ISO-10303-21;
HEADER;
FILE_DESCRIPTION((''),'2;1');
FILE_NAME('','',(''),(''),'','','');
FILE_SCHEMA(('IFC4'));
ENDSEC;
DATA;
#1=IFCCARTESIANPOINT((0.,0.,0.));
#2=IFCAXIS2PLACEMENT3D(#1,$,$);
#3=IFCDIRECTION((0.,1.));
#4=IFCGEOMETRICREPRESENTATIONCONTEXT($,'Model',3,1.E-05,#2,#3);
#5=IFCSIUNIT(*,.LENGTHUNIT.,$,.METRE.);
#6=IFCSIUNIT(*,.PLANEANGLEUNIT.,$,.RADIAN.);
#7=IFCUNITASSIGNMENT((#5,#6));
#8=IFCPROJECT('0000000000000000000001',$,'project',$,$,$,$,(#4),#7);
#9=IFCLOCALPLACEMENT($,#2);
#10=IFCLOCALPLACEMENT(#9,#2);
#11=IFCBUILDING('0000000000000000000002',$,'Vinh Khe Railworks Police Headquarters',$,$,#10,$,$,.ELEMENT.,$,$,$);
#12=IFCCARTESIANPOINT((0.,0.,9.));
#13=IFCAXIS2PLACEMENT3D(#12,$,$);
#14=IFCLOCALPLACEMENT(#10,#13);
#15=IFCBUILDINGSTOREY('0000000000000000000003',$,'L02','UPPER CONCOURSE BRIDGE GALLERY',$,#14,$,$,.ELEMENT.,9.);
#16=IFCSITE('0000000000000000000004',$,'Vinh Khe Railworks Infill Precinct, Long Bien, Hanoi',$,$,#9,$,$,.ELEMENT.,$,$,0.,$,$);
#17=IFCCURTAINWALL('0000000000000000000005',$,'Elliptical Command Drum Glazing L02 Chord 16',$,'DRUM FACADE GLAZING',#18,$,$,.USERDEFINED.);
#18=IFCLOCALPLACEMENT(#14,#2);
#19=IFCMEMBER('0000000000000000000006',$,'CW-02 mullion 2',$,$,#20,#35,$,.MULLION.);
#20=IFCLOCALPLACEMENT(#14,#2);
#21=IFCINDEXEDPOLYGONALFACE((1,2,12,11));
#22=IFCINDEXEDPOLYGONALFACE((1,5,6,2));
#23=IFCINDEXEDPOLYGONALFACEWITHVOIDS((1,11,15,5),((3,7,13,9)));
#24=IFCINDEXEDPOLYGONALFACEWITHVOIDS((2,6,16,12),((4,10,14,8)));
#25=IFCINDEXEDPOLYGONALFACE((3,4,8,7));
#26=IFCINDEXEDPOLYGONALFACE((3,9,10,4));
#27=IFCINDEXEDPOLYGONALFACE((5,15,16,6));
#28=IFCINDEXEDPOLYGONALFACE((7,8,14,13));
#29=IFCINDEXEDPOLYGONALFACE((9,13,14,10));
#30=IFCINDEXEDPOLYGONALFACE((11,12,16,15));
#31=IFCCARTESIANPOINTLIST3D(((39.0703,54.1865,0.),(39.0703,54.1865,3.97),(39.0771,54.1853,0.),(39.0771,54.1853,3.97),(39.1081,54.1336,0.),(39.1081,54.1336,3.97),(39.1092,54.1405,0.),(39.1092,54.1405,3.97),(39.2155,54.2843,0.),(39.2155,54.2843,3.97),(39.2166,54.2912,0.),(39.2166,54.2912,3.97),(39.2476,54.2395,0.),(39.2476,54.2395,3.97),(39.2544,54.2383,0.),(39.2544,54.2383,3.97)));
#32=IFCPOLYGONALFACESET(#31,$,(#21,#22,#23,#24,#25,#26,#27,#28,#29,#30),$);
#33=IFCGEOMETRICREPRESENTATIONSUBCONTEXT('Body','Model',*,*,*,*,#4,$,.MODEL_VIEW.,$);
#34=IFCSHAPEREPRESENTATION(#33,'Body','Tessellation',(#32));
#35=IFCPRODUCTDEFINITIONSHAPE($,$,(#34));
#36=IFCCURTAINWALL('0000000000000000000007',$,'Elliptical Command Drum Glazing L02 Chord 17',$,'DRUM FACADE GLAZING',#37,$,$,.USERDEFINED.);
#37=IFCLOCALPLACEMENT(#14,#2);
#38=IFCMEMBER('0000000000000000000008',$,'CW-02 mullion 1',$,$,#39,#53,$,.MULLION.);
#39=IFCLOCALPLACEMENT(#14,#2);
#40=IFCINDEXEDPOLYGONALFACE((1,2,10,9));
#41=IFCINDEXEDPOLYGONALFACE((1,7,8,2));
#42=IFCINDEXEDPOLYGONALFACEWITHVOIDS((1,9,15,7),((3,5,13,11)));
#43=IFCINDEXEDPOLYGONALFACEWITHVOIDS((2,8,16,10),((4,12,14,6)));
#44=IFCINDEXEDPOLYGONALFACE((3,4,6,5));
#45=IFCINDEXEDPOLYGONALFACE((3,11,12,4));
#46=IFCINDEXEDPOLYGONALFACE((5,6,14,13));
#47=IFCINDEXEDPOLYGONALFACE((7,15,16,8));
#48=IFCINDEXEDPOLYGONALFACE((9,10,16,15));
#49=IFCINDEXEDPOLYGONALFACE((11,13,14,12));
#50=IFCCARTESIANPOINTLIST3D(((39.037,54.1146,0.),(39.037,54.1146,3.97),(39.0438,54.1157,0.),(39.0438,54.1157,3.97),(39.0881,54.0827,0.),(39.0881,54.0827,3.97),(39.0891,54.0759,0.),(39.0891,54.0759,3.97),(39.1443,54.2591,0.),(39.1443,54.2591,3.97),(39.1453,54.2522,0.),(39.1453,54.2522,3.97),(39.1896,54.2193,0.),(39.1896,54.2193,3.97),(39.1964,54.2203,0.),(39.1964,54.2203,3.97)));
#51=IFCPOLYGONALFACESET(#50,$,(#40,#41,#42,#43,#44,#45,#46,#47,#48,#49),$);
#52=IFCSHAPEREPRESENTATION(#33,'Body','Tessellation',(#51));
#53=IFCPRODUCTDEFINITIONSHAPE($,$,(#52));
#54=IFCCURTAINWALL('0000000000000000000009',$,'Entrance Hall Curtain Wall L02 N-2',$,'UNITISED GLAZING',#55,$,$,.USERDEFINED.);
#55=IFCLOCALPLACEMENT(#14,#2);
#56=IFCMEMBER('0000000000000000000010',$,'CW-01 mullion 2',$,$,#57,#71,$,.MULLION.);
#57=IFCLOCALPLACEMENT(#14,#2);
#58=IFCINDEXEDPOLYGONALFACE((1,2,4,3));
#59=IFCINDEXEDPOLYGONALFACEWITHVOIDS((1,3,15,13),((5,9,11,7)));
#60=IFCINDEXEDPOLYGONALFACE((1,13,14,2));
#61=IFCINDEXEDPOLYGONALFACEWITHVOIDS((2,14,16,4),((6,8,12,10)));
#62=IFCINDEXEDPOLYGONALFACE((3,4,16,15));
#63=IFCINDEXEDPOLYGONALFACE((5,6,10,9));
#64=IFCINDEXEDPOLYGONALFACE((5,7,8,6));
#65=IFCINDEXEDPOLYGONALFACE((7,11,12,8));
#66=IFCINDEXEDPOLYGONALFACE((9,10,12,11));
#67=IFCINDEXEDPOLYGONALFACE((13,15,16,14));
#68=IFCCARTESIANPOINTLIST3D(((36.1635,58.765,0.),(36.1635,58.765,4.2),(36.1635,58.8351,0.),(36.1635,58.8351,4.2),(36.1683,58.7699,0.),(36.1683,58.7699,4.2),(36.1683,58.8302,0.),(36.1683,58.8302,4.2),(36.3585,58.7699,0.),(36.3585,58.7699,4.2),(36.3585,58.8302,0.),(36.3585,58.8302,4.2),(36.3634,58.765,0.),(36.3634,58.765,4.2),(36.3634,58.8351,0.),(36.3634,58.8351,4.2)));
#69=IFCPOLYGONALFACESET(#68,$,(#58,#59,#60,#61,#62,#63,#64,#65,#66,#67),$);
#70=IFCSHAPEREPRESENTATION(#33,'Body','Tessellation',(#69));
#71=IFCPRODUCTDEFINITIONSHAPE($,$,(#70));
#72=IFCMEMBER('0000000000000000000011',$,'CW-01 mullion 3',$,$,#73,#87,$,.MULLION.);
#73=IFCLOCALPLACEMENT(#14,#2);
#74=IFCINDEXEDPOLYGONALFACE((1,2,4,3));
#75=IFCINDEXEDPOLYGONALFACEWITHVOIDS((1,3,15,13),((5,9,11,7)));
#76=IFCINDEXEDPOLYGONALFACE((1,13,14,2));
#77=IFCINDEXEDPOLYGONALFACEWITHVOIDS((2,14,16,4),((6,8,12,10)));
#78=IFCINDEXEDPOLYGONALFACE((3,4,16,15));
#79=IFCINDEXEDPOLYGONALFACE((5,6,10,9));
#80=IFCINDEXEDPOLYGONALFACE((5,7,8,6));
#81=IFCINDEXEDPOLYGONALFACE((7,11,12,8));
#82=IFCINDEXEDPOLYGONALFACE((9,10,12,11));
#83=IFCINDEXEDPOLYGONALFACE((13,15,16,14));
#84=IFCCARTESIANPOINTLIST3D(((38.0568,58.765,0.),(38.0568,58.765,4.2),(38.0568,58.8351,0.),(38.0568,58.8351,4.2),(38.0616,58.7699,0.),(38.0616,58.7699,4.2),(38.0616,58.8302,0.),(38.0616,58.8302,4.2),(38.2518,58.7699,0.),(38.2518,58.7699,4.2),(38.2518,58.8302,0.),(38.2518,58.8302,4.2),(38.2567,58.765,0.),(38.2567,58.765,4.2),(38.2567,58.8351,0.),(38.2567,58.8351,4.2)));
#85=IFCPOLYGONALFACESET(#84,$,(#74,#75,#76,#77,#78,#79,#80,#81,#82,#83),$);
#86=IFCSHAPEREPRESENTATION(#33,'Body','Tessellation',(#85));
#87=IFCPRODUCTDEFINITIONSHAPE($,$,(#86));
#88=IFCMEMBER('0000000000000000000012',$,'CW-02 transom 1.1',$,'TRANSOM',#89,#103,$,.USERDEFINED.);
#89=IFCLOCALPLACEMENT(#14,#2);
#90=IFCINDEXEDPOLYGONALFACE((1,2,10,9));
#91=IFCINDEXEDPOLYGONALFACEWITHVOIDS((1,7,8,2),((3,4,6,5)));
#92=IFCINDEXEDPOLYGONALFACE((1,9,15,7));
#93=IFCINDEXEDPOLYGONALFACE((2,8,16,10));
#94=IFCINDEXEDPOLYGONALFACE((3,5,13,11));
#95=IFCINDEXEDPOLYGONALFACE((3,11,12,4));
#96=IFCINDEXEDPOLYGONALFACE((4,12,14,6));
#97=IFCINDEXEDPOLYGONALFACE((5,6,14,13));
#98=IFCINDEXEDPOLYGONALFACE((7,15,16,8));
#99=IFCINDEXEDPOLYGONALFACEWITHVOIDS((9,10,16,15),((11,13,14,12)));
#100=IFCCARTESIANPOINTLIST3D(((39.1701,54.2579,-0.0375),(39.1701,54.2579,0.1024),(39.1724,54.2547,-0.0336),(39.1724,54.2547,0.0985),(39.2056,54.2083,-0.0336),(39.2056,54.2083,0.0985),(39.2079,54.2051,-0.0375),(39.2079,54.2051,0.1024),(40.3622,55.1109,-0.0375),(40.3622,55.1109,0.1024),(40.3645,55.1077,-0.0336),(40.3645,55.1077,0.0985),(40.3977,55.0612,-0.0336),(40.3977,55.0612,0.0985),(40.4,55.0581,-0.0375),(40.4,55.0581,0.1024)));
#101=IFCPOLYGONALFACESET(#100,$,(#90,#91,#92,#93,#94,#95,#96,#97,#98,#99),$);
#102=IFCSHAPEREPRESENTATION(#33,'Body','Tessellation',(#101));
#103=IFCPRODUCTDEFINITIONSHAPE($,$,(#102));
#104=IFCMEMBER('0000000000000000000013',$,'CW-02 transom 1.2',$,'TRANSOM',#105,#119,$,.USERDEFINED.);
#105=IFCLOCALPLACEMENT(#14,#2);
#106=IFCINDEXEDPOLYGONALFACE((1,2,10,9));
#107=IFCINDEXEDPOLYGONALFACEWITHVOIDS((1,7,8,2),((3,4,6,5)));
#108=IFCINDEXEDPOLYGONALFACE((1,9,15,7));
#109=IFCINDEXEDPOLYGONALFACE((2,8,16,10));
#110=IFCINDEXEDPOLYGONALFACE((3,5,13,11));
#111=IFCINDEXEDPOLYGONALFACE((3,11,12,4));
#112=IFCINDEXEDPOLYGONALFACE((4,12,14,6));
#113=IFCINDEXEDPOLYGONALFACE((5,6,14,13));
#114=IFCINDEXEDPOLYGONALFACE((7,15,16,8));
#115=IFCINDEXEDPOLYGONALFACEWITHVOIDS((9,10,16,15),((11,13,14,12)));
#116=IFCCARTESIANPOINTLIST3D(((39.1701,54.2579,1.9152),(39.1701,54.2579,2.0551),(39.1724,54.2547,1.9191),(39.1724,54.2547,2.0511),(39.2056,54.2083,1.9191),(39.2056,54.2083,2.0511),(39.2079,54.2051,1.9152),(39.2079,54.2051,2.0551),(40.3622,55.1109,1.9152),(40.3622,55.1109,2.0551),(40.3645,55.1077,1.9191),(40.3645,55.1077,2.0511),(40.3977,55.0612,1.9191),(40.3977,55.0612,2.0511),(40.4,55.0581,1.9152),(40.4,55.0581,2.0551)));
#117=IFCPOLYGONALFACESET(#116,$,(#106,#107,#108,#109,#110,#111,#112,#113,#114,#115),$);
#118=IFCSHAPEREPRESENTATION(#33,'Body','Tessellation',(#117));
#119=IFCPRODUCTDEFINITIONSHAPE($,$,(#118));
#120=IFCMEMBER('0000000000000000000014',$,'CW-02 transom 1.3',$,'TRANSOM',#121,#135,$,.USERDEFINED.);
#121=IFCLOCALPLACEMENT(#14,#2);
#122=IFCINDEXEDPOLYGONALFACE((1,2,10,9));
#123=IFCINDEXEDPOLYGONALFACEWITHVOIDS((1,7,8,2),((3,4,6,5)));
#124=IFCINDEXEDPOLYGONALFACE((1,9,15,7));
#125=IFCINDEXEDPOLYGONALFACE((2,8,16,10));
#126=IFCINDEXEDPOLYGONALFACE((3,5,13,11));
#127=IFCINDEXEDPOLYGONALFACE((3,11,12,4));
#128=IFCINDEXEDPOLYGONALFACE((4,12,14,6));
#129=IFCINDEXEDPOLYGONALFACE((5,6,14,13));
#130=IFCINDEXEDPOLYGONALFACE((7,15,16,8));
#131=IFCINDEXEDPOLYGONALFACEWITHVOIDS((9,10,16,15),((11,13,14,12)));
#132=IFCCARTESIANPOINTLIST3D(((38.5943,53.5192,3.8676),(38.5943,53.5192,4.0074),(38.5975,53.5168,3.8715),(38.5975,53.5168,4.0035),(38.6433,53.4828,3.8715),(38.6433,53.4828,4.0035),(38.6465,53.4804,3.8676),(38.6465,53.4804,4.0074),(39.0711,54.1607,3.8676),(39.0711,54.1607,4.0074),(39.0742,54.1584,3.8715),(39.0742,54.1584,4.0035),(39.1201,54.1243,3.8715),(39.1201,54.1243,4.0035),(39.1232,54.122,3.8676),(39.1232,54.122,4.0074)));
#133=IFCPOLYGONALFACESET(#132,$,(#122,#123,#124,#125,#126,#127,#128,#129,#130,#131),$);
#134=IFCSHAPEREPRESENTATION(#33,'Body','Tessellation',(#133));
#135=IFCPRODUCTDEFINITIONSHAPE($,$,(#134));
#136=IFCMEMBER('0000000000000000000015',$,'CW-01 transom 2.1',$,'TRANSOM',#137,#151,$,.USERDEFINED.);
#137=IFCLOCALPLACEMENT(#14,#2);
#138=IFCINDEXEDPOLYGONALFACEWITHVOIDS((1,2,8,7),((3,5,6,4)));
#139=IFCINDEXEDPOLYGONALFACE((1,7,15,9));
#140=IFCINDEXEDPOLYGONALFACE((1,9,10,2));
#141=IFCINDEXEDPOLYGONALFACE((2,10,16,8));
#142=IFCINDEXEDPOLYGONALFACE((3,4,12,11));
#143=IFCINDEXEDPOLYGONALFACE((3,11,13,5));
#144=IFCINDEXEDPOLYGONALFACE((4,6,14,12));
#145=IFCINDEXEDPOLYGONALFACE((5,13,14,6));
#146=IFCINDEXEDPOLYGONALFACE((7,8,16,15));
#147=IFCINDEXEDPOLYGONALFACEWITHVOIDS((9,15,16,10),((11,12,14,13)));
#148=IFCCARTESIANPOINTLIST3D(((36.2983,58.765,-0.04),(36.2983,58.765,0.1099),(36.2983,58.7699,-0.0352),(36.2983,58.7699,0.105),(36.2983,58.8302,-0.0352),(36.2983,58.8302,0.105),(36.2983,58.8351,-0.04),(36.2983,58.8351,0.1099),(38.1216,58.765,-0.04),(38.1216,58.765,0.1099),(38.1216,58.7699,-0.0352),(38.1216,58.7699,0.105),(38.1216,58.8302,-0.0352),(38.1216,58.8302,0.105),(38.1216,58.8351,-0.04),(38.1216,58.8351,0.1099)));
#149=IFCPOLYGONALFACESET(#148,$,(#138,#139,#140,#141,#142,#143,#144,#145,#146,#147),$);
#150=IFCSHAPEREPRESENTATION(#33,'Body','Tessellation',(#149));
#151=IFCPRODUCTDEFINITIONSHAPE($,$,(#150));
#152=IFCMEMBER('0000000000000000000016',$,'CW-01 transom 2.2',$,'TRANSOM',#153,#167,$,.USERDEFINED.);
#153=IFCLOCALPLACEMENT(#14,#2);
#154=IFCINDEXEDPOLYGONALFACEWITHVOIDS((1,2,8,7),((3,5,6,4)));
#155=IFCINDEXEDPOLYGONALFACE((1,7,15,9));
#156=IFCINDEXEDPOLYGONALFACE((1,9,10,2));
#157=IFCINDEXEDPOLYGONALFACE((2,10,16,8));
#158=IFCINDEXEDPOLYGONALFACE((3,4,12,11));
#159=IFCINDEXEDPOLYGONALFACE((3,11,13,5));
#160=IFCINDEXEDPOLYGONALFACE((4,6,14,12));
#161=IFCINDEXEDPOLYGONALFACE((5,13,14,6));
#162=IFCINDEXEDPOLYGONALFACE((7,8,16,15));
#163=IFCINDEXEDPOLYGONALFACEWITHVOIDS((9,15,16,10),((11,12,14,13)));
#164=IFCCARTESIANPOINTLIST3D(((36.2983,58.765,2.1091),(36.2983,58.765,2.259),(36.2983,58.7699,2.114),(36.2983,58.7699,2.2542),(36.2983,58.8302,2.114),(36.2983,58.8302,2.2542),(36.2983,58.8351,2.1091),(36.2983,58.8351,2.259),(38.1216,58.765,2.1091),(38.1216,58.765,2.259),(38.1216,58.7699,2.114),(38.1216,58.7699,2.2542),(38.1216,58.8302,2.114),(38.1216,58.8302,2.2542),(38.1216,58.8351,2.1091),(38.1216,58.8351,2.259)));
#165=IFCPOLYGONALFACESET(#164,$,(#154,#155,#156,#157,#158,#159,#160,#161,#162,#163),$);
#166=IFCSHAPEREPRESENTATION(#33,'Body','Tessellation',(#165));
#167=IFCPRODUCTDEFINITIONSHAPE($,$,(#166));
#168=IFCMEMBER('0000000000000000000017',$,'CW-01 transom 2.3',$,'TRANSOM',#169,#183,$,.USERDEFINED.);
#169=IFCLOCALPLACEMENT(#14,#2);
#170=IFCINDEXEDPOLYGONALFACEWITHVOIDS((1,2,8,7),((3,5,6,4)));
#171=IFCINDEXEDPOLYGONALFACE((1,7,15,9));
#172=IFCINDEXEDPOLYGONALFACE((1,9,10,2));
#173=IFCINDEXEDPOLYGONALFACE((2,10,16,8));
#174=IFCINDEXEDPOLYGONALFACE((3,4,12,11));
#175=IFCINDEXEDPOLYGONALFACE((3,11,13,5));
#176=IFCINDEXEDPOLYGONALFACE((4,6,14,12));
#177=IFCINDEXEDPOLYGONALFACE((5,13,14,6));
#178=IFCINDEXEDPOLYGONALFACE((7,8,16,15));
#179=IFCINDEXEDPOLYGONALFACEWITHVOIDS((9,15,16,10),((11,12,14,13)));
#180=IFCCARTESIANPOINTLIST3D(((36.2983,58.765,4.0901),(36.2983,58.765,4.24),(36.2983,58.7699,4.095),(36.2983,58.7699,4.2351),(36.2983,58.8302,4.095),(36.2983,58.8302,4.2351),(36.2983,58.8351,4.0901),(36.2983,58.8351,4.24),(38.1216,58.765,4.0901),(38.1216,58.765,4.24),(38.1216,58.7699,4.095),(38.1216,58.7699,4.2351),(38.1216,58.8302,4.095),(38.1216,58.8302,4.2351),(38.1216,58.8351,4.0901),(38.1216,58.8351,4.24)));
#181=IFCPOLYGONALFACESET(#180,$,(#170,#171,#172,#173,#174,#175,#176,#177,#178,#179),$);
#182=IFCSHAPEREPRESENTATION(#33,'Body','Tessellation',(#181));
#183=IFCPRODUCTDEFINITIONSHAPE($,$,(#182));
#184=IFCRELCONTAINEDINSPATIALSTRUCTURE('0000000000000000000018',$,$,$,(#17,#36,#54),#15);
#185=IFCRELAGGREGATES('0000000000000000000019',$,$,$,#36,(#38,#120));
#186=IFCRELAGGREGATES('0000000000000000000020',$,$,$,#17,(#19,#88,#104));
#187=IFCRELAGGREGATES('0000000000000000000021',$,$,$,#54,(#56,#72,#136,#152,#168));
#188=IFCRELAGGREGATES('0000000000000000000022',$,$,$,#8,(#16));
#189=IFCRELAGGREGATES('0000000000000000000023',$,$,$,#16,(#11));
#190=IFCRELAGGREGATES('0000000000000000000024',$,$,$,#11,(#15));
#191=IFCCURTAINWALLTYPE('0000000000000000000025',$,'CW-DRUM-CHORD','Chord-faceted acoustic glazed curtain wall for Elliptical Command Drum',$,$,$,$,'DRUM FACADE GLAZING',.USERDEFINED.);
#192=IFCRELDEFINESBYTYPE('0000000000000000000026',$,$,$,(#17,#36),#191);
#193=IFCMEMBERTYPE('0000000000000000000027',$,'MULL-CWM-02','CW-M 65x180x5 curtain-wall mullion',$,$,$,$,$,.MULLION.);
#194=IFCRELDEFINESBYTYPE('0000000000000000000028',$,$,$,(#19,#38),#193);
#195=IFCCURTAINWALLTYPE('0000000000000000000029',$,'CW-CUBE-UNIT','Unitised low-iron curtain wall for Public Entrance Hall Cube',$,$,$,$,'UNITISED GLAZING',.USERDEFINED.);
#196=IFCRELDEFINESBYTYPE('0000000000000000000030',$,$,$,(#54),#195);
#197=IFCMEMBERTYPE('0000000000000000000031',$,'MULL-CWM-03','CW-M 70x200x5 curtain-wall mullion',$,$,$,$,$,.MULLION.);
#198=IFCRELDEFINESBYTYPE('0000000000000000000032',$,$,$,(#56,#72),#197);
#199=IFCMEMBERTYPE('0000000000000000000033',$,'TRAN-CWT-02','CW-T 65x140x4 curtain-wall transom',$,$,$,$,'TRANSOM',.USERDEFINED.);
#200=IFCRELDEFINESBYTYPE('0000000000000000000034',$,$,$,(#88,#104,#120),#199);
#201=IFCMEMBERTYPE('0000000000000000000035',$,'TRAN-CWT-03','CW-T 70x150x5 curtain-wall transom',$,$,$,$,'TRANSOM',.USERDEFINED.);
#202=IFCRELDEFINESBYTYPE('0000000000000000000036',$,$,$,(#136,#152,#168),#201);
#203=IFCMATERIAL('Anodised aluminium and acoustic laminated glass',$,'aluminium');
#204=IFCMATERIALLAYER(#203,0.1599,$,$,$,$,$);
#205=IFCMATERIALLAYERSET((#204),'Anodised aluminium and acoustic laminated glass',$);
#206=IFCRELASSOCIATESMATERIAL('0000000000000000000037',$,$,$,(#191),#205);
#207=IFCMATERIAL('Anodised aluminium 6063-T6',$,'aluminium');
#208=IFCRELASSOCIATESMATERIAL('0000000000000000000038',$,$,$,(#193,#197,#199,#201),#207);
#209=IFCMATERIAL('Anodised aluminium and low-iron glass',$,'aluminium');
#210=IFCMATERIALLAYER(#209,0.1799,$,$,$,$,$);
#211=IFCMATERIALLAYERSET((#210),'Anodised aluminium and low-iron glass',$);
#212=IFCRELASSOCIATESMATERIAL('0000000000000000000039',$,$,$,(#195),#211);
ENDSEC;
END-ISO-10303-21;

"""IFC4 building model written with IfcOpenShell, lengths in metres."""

from ifc_helpers import new_model, si_unit, direction, frame, origin, origin_2d, place, context, subcontext, project, spatial, hollow_rectangle, extrude, material, layer, layer_set, material_profile, profile_set, type_object, element, aggregate, save


model = new_model("IFC4")

# Units and contexts
model_context = context("Model", 3, precision=1e-05, world=origin(), true_north=direction((0.0, 1.0)))
body_context = subcontext(model_context, "Body", "Model", "MODEL_VIEW")
ifc_project = project(units=[si_unit("LENGTHUNIT", "METRE"), si_unit("PLANEANGLEUNIT", "RADIAN")], contexts=[model_context])

# Site, building, storey
site_placement = place(None, origin())
site = spatial("IfcSite", under=ifc_project, at=site_placement, Name="Vinh Khe Railworks Infill Precinct, Long Bien, Hanoi", CompositionType="ELEMENT", RefElevation=0.0)
building_placement = place(site_placement, origin())
building = spatial("IfcBuilding", under=site, at=building_placement, Name="Vinh Khe Railworks Police Headquarters", CompositionType="ELEMENT")
storey_placement = place(building_placement, frame((0.0, 0.0, 9.0)))
storey = spatial("IfcBuildingStorey", under=building, at=storey_placement, Name="L02", Description="UPPER CONCOURSE BRIDGE GALLERY", CompositionType="ELEMENT", Elevation=9.0)

# Curtain walls, members
ifc_material_1 = material(Name="Anodised aluminium and acoustic laminated glass", Category="aluminium")
ifc_layer_1 = layer(ifc_material_1, 0.1599)
ifc_layer_set_1 = layer_set([ifc_layer_1], Name="Anodised aluminium and acoustic laminated glass")
curtain_wall_type_1 = type_object("IfcCurtainWallType", Name="CW-DRUM-CHORD", Description="Chord-faceted acoustic glazed curtain wall for Elliptical Command Drum", ElementType="DRUM FACADE GLAZING", PredefinedType="USERDEFINED", material=ifc_layer_set_1)
curtain_wall_1_placement = place(storey_placement, origin())
curtain_wall_1 = element("IfcCurtainWall", 1, at=curtain_wall_1_placement, inside=storey, type_object=curtain_wall_type_1, Name="Elliptical Command Drum Glazing L02 Chord 16", ObjectType="DRUM FACADE GLAZING", PredefinedType="USERDEFINED")
ifc_material_2 = material(Name="Anodised aluminium 6063-T6", Category="aluminium")
ifc_material_profile_1 = material_profile(ifc_material_2, hollow_rectangle(XDim=0.0649, YDim=0.1799, WallThickness=0.0049, at=origin_2d()), Name="CW-M 65x180x5")
ifc_profile_set_1 = profile_set([ifc_material_profile_1], Name="Anodised aluminium 6063-T6")
member_type_1 = type_object("IfcMemberType", Name="MULL-CWM-02", Description="CW-M 65x180x5 curtain-wall mullion", PredefinedType="MULLION", material=ifc_profile_set_1)
member_1_placement = place(storey_placement, frame((39.1624, 54.2124, 0.0), z_axis=(0.0, 0.0, 1.0), x_axis=(0.581915, -0.813249, 0.0)))
member_1 = element("IfcMember", 2, at=member_1_placement, type_object=member_type_1, Name="CW-02 mullion 2", PredefinedType="MULLION", context=body_context, shape_type="SweptSolid", body=[
    extrude(hollow_rectangle(XDim=0.0649, YDim=0.1799, WallThickness=0.0049, at=origin_2d()), origin(), (0.0, 0.0, 1.0), 3.97),
])
curtain_wall_2_placement = place(storey_placement, origin())
curtain_wall_2 = element("IfcCurtainWall", 3, at=curtain_wall_2_placement, inside=storey, type_object=curtain_wall_type_1, Name="Elliptical Command Drum Glazing L02 Chord 17", ObjectType="DRUM FACADE GLAZING", PredefinedType="USERDEFINED")
member_2_placement = place(storey_placement, frame((39.1167, 54.1675, 0.0), z_axis=(0.0, 0.0, 1.0), x_axis=(0.802592, -0.596528, 0.0)))
member_2 = element("IfcMember", 4, at=member_2_placement, type_object=member_type_1, Name="CW-02 mullion 1", PredefinedType="MULLION", context=body_context, shape_type="SweptSolid", body=[
    extrude(hollow_rectangle(XDim=0.0649, YDim=0.1799, WallThickness=0.0049, at=origin_2d()), origin(), (0.0, 0.0, 1.0), 3.97),
])

# Curtain wall, members
ifc_material_3 = material(Name="Anodised aluminium and low-iron glass", Category="aluminium")
ifc_layer_2 = layer(ifc_material_3, 0.1799)
ifc_layer_set_2 = layer_set([ifc_layer_2], Name="Anodised aluminium and low-iron glass")
curtain_wall_type_2 = type_object("IfcCurtainWallType", Name="CW-CUBE-UNIT", Description="Unitised low-iron curtain wall for Public Entrance Hall Cube", ElementType="UNITISED GLAZING", PredefinedType="USERDEFINED", material=ifc_layer_set_2)
curtain_wall_3_placement = place(storey_placement, origin())
curtain_wall_3 = element("IfcCurtainWall", 5, at=curtain_wall_3_placement, inside=storey, type_object=curtain_wall_type_2, Name="Entrance Hall Curtain Wall L02 N-2", ObjectType="UNITISED GLAZING", PredefinedType="USERDEFINED")
ifc_material_profile_2 = material_profile(ifc_material_2, hollow_rectangle(XDim=0.0701, YDim=0.2, WallThickness=0.0049, at=origin_2d()), Name="CW-M 70x200x5")
ifc_profile_set_2 = profile_set([ifc_material_profile_2], Name="Anodised aluminium 6063-T6")
member_type_2 = type_object("IfcMemberType", Name="MULL-CWM-03", Description="CW-M 70x200x5 curtain-wall mullion", PredefinedType="MULLION", material=ifc_profile_set_2)
member_3_placement = place(storey_placement, frame((36.2634, 58.8, 0.0), z_axis=(0.0, 0.0, 1.0), x_axis=(0.0, 1.0, 0.0)))
member_3 = element("IfcMember", 6, at=member_3_placement, type_object=member_type_2, Name="CW-01 mullion 2", PredefinedType="MULLION", context=body_context, shape_type="SweptSolid", body=[
    extrude(hollow_rectangle(XDim=0.0701, YDim=0.2, WallThickness=0.0049, at=origin_2d()), origin(), (0.0, 0.0, 1.0), 4.2),
])
member_4_placement = place(storey_placement, frame((38.1567, 58.8, 0.0), z_axis=(0.0, 0.0, 1.0), x_axis=(0.0, 1.0, 0.0)))
member_4 = element("IfcMember", 7, at=member_4_placement, type_object=member_type_2, Name="CW-01 mullion 3", PredefinedType="MULLION", context=body_context, shape_type="SweptSolid", body=[
    extrude(hollow_rectangle(XDim=0.0701, YDim=0.2, WallThickness=0.0049, at=origin_2d()), origin(), (0.0, 0.0, 1.0), 4.2),
])

# Members
ifc_material_profile_3 = material_profile(ifc_material_2, hollow_rectangle(XDim=0.0649, YDim=0.1399, WallThickness=0.0039, at=origin_2d()), Name="CW-T 65x140x4")
ifc_profile_set_3 = profile_set([ifc_material_profile_3], Name="Anodised aluminium 6063-T6")
member_type_3 = type_object("IfcMemberType", Name="TRAN-CWT-02", Description="CW-T 65x140x4 curtain-wall transom", ElementType="TRANSOM", PredefinedType="USERDEFINED", material=ifc_profile_set_3)
member_5_placement = place(storey_placement, frame((40.3811, 55.0845, 0.0325), z_axis=(-0.813249, -0.581915, 0.0), x_axis=(0.581915, -0.813249, 0.0)))
member_5 = element("IfcMember", 8, at=member_5_placement, type_object=member_type_3, Name="CW-02 transom 1.1", ObjectType="TRANSOM", PredefinedType="USERDEFINED", context=body_context, shape_type="SweptSolid", body=[
    extrude(hollow_rectangle(XDim=0.0649, YDim=0.1399, WallThickness=0.0039, at=origin_2d()), origin(), (0.0, 0.0, 1.0), 1.4658),
])
member_6_placement = place(storey_placement, frame((40.3811, 55.0845, 1.9851), z_axis=(-0.813249, -0.581915, 0.0), x_axis=(0.581915, -0.813249, 0.0)))
member_6 = element("IfcMember", 9, at=member_6_placement, type_object=member_type_3, Name="CW-02 transom 1.2", ObjectType="TRANSOM", PredefinedType="USERDEFINED", context=body_context, shape_type="SweptSolid", body=[
    extrude(hollow_rectangle(XDim=0.0649, YDim=0.1399, WallThickness=0.0039, at=origin_2d()), origin(), (0.0, 0.0, 1.0), 1.4658),
])
member_7_placement = place(storey_placement, frame((39.0972, 54.1414, 3.9375), z_axis=(-0.596476, -0.802631, 0.0), x_axis=(0.802631, -0.596476, 0.0)))
member_7 = element("IfcMember", 10, at=member_7_placement, type_object=member_type_3, Name="CW-02 transom 1.3", ObjectType="TRANSOM", PredefinedType="USERDEFINED", context=body_context, shape_type="SweptSolid", body=[
    extrude(hollow_rectangle(XDim=0.0649, YDim=0.1399, WallThickness=0.0039, at=origin_2d()), origin(), (0.0, 0.0, 1.0), 0.7993),
])
aggregate(curtain_wall_2, [member_2, member_7])
ifc_material_profile_4 = material_profile(ifc_material_2, hollow_rectangle(XDim=0.0701, YDim=0.1499, WallThickness=0.0049, at=origin_2d()), Name="CW-T 70x150x5")
ifc_profile_set_4 = profile_set([ifc_material_profile_4], Name="Anodised aluminium 6063-T6")
member_type_4 = type_object("IfcMemberType", Name="TRAN-CWT-03", Description="CW-T 70x150x5 curtain-wall transom", ElementType="TRANSOM", PredefinedType="USERDEFINED", material=ifc_profile_set_4)
member_8_placement = place(storey_placement, frame((36.2983, 58.8, 0.0349), z_axis=(1.0, 0.0, 0.0), x_axis=(0.0, 1.0, 0.0)))
member_8 = element("IfcMember", 11, at=member_8_placement, type_object=member_type_4, Name="CW-01 transom 2.1", ObjectType="TRANSOM", PredefinedType="USERDEFINED", context=body_context, shape_type="SweptSolid", body=[
    extrude(hollow_rectangle(XDim=0.0701, YDim=0.1499, WallThickness=0.0049, at=origin_2d()), origin(), (0.0, 0.0, 1.0), 1.8232),
])
member_9_placement = place(storey_placement, frame((36.2983, 58.8, 2.1841), z_axis=(1.0, 0.0, 0.0), x_axis=(0.0, 1.0, 0.0)))
member_9 = element("IfcMember", 12, at=member_9_placement, type_object=member_type_4, Name="CW-01 transom 2.2", ObjectType="TRANSOM", PredefinedType="USERDEFINED", context=body_context, shape_type="SweptSolid", body=[
    extrude(hollow_rectangle(XDim=0.0701, YDim=0.1499, WallThickness=0.0049, at=origin_2d()), origin(), (0.0, 0.0, 1.0), 1.8232),
])
member_10_placement = place(storey_placement, frame((36.2983, 58.8, 4.165), z_axis=(1.0, 0.0, 0.0), x_axis=(0.0, 1.0, 0.0)))
member_10 = element("IfcMember", 13, at=member_10_placement, type_object=member_type_4, Name="CW-01 transom 2.3", ObjectType="TRANSOM", PredefinedType="USERDEFINED", context=body_context, shape_type="SweptSolid", body=[
    extrude(hollow_rectangle(XDim=0.0701, YDim=0.1499, WallThickness=0.0049, at=origin_2d()), origin(), (0.0, 0.0, 1.0), 1.8232),
])

aggregate(curtain_wall_1, [member_1, member_5, member_6])
aggregate(curtain_wall_3, [member_3, member_4, member_8, member_9, member_10])

save(model, "model.ifc")
